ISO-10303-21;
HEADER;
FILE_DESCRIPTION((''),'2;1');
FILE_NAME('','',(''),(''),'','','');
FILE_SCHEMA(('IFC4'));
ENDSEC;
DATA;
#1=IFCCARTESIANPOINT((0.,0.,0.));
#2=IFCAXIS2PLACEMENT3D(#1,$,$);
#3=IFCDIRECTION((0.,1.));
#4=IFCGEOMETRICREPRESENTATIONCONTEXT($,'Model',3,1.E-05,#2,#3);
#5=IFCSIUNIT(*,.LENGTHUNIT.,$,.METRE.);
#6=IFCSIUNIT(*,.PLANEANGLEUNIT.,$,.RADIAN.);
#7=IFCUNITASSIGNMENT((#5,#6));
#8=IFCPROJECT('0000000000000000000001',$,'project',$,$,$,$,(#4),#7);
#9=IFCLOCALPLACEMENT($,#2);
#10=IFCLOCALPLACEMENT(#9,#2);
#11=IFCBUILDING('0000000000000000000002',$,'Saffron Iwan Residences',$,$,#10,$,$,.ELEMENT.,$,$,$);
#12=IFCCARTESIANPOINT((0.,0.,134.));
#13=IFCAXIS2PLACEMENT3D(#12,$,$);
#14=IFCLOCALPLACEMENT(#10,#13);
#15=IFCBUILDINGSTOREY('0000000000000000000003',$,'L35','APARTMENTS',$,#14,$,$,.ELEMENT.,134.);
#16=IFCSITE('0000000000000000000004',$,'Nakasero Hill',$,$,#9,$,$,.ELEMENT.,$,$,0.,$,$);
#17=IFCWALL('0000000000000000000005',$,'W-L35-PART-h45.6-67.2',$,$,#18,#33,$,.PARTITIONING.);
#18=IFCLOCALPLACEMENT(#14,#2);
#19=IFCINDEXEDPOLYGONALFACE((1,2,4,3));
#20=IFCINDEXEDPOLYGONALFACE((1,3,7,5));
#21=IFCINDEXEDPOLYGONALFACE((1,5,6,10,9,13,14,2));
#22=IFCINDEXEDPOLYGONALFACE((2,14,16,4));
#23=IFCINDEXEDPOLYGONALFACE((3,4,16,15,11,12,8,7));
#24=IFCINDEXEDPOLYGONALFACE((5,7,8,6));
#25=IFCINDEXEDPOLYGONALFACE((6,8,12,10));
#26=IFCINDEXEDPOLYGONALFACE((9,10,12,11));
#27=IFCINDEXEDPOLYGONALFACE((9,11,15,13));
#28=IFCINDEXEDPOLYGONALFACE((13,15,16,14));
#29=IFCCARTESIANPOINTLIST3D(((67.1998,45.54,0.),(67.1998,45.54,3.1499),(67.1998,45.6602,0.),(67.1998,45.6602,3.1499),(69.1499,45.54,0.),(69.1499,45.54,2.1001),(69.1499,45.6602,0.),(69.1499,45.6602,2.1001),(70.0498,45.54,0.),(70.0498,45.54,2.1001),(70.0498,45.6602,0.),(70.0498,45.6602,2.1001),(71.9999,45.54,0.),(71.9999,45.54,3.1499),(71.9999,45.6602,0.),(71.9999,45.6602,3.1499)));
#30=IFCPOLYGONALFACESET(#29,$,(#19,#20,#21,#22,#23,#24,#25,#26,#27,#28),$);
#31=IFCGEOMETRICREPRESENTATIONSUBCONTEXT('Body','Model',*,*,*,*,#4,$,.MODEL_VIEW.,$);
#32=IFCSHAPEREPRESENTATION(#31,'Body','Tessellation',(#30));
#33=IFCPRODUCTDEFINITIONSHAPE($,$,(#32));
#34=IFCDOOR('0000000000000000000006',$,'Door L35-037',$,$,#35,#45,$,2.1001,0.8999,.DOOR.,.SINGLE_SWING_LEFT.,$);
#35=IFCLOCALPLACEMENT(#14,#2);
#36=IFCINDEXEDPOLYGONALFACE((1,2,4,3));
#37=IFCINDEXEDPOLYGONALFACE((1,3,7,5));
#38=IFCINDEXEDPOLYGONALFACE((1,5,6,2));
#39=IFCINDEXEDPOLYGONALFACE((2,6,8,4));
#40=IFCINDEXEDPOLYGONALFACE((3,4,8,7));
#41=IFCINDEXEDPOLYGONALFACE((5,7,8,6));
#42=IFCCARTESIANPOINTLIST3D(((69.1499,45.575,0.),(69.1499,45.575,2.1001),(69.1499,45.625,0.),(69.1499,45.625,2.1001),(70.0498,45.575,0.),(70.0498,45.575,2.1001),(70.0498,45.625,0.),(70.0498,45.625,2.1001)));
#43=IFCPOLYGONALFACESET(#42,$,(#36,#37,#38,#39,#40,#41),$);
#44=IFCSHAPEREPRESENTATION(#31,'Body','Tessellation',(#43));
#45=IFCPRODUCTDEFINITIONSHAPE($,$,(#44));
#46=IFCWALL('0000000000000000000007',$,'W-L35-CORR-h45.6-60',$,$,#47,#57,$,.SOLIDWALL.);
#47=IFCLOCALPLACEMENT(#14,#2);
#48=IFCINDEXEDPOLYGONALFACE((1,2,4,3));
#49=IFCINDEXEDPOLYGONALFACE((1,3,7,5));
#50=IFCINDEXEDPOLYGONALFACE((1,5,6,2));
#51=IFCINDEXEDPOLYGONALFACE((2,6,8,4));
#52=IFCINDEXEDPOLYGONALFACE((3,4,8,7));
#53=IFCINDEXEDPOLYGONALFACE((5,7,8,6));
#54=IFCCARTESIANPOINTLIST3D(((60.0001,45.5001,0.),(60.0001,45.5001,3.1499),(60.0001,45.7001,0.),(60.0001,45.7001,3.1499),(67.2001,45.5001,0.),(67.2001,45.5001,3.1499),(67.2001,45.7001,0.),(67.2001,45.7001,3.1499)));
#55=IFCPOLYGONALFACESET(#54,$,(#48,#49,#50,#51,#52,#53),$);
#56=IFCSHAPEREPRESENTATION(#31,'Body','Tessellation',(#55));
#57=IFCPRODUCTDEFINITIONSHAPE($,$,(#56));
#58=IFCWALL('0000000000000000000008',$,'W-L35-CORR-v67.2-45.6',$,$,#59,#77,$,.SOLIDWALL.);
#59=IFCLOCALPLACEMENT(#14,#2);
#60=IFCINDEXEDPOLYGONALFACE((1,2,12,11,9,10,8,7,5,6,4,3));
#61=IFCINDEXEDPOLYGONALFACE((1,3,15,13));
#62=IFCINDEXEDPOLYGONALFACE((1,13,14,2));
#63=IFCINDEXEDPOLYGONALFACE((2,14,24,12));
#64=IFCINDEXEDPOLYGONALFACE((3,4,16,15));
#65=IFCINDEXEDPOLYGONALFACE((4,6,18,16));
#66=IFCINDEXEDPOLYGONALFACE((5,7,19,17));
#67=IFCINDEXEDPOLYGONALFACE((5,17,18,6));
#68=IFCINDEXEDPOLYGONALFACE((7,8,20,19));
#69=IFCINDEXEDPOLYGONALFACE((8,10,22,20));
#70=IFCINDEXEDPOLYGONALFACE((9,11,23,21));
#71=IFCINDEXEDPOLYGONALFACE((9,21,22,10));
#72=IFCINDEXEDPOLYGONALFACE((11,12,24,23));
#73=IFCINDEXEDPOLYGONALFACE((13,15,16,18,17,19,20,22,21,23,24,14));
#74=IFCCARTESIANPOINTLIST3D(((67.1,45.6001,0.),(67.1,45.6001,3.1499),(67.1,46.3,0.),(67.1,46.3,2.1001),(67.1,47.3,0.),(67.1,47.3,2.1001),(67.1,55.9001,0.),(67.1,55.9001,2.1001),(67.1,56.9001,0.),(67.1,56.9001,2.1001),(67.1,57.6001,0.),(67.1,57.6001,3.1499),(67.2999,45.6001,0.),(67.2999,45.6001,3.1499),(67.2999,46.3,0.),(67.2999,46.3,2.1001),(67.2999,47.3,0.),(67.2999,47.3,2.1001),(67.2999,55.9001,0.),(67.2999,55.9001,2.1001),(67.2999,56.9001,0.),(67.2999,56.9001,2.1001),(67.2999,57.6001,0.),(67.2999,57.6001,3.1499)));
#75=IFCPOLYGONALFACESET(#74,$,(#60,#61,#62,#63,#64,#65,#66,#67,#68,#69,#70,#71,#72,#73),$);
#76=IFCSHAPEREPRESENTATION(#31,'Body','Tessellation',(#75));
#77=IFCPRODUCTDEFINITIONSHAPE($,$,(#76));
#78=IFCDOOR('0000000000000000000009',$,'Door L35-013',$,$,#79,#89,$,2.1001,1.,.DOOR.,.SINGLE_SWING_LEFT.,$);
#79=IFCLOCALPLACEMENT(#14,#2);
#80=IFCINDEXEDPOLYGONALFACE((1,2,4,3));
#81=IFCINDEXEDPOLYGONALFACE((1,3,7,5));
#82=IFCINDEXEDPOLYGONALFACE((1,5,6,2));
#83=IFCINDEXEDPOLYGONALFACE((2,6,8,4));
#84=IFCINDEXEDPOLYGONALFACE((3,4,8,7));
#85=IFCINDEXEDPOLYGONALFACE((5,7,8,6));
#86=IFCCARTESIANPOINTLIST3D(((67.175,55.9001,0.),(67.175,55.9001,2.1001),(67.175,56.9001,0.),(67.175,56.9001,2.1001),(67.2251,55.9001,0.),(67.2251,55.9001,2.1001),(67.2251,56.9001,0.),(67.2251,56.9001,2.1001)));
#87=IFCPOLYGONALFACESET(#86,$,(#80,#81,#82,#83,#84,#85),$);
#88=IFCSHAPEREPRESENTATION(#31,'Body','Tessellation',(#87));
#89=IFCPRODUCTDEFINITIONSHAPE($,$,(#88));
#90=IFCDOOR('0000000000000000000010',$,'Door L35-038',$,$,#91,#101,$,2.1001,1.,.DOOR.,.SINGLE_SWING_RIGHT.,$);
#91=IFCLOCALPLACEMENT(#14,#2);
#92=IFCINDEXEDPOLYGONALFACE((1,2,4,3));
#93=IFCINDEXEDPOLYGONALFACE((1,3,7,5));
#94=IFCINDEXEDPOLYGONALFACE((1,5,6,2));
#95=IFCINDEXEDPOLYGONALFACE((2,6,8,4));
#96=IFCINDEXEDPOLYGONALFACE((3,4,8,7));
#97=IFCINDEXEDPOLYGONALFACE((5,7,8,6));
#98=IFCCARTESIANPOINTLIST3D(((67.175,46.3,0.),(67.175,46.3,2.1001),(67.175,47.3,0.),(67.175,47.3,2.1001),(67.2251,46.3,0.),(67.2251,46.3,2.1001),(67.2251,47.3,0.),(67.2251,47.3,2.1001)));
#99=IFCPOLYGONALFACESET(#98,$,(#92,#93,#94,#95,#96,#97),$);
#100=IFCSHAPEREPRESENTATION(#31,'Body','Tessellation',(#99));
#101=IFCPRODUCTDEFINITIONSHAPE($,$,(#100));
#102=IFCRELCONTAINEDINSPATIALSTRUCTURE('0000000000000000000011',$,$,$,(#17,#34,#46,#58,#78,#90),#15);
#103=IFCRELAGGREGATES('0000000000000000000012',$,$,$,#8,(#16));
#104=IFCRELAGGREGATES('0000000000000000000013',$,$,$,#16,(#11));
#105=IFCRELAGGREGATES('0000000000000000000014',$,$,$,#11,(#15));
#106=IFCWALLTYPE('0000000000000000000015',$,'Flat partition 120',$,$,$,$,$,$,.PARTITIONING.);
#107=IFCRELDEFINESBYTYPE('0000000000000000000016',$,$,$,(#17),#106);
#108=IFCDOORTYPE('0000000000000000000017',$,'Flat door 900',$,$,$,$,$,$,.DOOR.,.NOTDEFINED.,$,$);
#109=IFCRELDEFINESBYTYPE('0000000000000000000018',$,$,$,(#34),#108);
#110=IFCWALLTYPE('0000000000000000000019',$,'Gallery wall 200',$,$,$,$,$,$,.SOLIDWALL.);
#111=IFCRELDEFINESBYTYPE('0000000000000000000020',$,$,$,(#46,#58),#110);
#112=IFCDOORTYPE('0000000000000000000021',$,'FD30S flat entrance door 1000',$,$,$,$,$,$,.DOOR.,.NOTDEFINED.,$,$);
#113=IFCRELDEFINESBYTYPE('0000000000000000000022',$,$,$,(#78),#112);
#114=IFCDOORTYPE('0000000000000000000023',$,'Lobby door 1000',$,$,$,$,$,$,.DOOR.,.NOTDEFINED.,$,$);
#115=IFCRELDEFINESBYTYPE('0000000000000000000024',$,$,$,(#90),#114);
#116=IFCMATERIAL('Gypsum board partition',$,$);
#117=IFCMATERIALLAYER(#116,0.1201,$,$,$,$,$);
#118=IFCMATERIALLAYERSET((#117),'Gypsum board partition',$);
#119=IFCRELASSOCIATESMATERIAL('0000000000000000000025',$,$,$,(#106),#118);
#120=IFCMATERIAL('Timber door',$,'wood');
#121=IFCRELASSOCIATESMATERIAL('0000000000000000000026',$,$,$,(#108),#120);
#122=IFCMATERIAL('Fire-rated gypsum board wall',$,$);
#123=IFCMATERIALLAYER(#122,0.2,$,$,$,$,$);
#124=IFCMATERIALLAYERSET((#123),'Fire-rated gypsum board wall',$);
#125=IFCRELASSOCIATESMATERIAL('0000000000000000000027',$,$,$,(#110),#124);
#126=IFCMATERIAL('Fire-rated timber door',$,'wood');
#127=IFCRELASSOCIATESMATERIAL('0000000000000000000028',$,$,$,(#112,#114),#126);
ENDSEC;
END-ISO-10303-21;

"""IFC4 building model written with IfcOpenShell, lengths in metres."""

from ifc_helpers import new_model, si_unit, direction, frame, frame_2d, origin, place, context, subcontext, project, spatial, rectangle, extrude, material, layer, layer_set, type_object, element, fill, save


model = new_model("IFC4")

# Units and contexts
model_context = context("Model", 3, precision=1e-05, world=origin(), true_north=direction((0.0, 1.0)))
body_context = subcontext(model_context, "Body", "Model", "MODEL_VIEW")
ifc_project = project(units=[si_unit("LENGTHUNIT", "METRE"), si_unit("PLANEANGLEUNIT", "RADIAN")], contexts=[model_context])

# Site, building, storey
site_placement = place(None, origin())
site = spatial("IfcSite", under=ifc_project, at=site_placement, Name="Nakasero Hill", CompositionType="ELEMENT", RefElevation=0.0)
building_placement = place(site_placement, origin())
building = spatial("IfcBuilding", under=site, at=building_placement, Name="Saffron Iwan Residences", CompositionType="ELEMENT")
storey_placement = place(building_placement, frame((0.0, 0.0, 134.0)))
storey = spatial("IfcBuildingStorey", under=building, at=storey_placement, Name="L35", Description="APARTMENTS", CompositionType="ELEMENT", Elevation=134.0)

# Shared definitions
ifc_material_1 = material(Name="Gypsum board partition")
ifc_layer_1 = layer(ifc_material_1, 0.1201)
ifc_layer_set_1 = layer_set([ifc_layer_1], Name="Gypsum board partition")
wall_type_1 = type_object("IfcWallType", Name="Flat partition 120", PredefinedType="PARTITIONING", material=ifc_layer_set_1)
ifc_material_2 = material(Name="Timber door", Category="wood")
door_type_1 = type_object("IfcDoorType", Name="Flat door 900", OperationType="NOTDEFINED", PredefinedType="DOOR", material=ifc_material_2)

# Wall, opening, door
wall_1_placement = place(storey_placement, frame((67.2, 45.6001, 0.0), z_axis=(0.0, 0.0, 1.0), x_axis=(1.0, 0.0, 0.0)))
wall_1 = element("IfcWall", 1, at=wall_1_placement, inside=storey, type_object=wall_type_1, Name="W-L35-PART-h45.6-67.2", PredefinedType="PARTITIONING", context=body_context, shape_type="SweptSolid", body=[
    extrude(rectangle(XDim=4.8, YDim=0.1201, at=frame_2d((2.3999, 0.0))), origin(), (0.0, 0.0, 1.0), 3.1499),
])
opening_1_placement = place(wall_1_placement, frame((1.95, 0.0, 0.0)))
opening_1 = element("IfcOpeningElement", 2, at=opening_1_placement, cuts=wall_1, PredefinedType="OPENING", context=body_context, shape_type="SweptSolid", body=[
    extrude(rectangle(XDim=0.8999, YDim=2.1001, at=frame_2d((0.45, 1.05))), frame((0.0, 0.0701, 0.0), z_axis=(0.0, -1.0, 0.0), x_axis=(1.0, 0.0, 0.0)), (0.0, 0.0, 1.0), 0.1401),
])
door_1_placement = place(opening_1_placement, origin())
door_1 = element("IfcDoor", 3, at=door_1_placement, inside=storey, type_object=door_type_1, Name="Door L35-037", OperationType="SINGLE_SWING_LEFT", OverallHeight=2.1001, OverallWidth=0.8999, PredefinedType="DOOR", context=body_context, shape_type="SweptSolid", body=[
    extrude(rectangle(XDim=0.8999, YDim=2.1001, at=frame_2d((0.45, 1.05))), frame((0.0, 0.0249, 0.0), z_axis=(0.0, -1.0, 0.0), x_axis=(1.0, 0.0, 0.0)), (0.0, 0.0, 1.0), 0.05),
])
fill(opening_1, door_1)

# Wall
ifc_material_3 = material(Name="Fire-rated gypsum board wall")
ifc_layer_2 = layer(ifc_material_3, 0.2)
ifc_layer_set_2 = layer_set([ifc_layer_2], Name="Fire-rated gypsum board wall")
wall_type_2 = type_object("IfcWallType", Name="Gallery wall 200", PredefinedType="SOLIDWALL", material=ifc_layer_set_2)
wall_2_placement = place(storey_placement, frame((60.0, 45.6001, 0.0), z_axis=(0.0, 0.0, 1.0), x_axis=(1.0, 0.0, 0.0)))
element("IfcWall", 4, at=wall_2_placement, inside=storey, type_object=wall_type_2, Name="W-L35-CORR-h45.6-60", PredefinedType="SOLIDWALL", context=body_context, shape_type="SweptSolid", body=[
    extrude(rectangle(XDim=7.2, YDim=0.2, at=frame_2d((3.6001, 0.0))), origin(), (0.0, 0.0, 1.0), 3.1499),
])

# Wall, openings, doors
wall_3_placement = place(storey_placement, frame((67.2, 45.6001, 0.0), z_axis=(0.0, 0.0, 1.0), x_axis=(0.0, 1.0, 0.0)))
wall_3 = element("IfcWall", 5, at=wall_3_placement, inside=storey, type_object=wall_type_2, Name="W-L35-CORR-v67.2-45.6", PredefinedType="SOLIDWALL", context=body_context, shape_type="SweptSolid", body=[
    extrude(rectangle(XDim=12.0, YDim=0.2, at=frame_2d((6.0, 0.0))), origin(), (0.0, 0.0, 1.0), 3.1499),
])
opening_2_placement = place(wall_3_placement, frame((10.3, 0.0, 0.0)))
opening_2 = element("IfcOpeningElement", 6, at=opening_2_placement, cuts=wall_3, PredefinedType="OPENING", context=body_context, shape_type="SweptSolid", body=[
    extrude(rectangle(XDim=1.0, YDim=2.1001, at=frame_2d((0.5, 1.05))), frame((0.0, 0.1099, 0.0), z_axis=(0.0, -1.0, 0.0), x_axis=(1.0, 0.0, 0.0)), (0.0, 0.0, 1.0), 0.22),
])
opening_3_placement = place(wall_3_placement, frame((0.7, 0.0, 0.0)))
opening_3 = element("IfcOpeningElement", 7, at=opening_3_placement, cuts=wall_3, PredefinedType="OPENING", context=body_context, shape_type="SweptSolid", body=[
    extrude(rectangle(XDim=1.0, YDim=2.1001, at=frame_2d((0.5, 1.05))), frame((0.0, 0.1099, 0.0), z_axis=(0.0, -1.0, 0.0), x_axis=(1.0, 0.0, 0.0)), (0.0, 0.0, 1.0), 0.22),
])
ifc_material_4 = material(Name="Fire-rated timber door", Category="wood")
door_type_2 = type_object("IfcDoorType", Name="FD30S flat entrance door 1000", OperationType="NOTDEFINED", PredefinedType="DOOR", material=ifc_material_4)
door_2_placement = place(opening_2_placement, origin())
door_2 = element("IfcDoor", 8, at=door_2_placement, inside=storey, type_object=door_type_2, Name="Door L35-013", OperationType="SINGLE_SWING_LEFT", OverallHeight=2.1001, OverallWidth=1.0, PredefinedType="DOOR", context=body_context, shape_type="SweptSolid", body=[
    extrude(rectangle(XDim=1.0, YDim=2.1001, at=frame_2d((0.5, 1.05))), frame((0.0, 0.0249, 0.0), z_axis=(0.0, -1.0, 0.0), x_axis=(1.0, 0.0, 0.0)), (0.0, 0.0, 1.0), 0.05),
])
fill(opening_2, door_2)
door_type_3 = type_object("IfcDoorType", Name="Lobby door 1000", OperationType="NOTDEFINED", PredefinedType="DOOR", material=ifc_material_4)
door_3_placement = place(opening_3_placement, origin())
door_3 = element("IfcDoor", 9, at=door_3_placement, inside=storey, type_object=door_type_3, Name="Door L35-038", OperationType="SINGLE_SWING_RIGHT", OverallHeight=2.1001, OverallWidth=1.0, PredefinedType="DOOR", context=body_context, shape_type="SweptSolid", body=[
    extrude(rectangle(XDim=1.0, YDim=2.1001, at=frame_2d((0.5, 1.05))), frame((0.0, 0.0249, 0.0), z_axis=(0.0, -1.0, 0.0), x_axis=(1.0, 0.0, 0.0)), (0.0, 0.0, 1.0), 0.05),
])
fill(opening_3, door_3)

save(model, "model.ifc")
